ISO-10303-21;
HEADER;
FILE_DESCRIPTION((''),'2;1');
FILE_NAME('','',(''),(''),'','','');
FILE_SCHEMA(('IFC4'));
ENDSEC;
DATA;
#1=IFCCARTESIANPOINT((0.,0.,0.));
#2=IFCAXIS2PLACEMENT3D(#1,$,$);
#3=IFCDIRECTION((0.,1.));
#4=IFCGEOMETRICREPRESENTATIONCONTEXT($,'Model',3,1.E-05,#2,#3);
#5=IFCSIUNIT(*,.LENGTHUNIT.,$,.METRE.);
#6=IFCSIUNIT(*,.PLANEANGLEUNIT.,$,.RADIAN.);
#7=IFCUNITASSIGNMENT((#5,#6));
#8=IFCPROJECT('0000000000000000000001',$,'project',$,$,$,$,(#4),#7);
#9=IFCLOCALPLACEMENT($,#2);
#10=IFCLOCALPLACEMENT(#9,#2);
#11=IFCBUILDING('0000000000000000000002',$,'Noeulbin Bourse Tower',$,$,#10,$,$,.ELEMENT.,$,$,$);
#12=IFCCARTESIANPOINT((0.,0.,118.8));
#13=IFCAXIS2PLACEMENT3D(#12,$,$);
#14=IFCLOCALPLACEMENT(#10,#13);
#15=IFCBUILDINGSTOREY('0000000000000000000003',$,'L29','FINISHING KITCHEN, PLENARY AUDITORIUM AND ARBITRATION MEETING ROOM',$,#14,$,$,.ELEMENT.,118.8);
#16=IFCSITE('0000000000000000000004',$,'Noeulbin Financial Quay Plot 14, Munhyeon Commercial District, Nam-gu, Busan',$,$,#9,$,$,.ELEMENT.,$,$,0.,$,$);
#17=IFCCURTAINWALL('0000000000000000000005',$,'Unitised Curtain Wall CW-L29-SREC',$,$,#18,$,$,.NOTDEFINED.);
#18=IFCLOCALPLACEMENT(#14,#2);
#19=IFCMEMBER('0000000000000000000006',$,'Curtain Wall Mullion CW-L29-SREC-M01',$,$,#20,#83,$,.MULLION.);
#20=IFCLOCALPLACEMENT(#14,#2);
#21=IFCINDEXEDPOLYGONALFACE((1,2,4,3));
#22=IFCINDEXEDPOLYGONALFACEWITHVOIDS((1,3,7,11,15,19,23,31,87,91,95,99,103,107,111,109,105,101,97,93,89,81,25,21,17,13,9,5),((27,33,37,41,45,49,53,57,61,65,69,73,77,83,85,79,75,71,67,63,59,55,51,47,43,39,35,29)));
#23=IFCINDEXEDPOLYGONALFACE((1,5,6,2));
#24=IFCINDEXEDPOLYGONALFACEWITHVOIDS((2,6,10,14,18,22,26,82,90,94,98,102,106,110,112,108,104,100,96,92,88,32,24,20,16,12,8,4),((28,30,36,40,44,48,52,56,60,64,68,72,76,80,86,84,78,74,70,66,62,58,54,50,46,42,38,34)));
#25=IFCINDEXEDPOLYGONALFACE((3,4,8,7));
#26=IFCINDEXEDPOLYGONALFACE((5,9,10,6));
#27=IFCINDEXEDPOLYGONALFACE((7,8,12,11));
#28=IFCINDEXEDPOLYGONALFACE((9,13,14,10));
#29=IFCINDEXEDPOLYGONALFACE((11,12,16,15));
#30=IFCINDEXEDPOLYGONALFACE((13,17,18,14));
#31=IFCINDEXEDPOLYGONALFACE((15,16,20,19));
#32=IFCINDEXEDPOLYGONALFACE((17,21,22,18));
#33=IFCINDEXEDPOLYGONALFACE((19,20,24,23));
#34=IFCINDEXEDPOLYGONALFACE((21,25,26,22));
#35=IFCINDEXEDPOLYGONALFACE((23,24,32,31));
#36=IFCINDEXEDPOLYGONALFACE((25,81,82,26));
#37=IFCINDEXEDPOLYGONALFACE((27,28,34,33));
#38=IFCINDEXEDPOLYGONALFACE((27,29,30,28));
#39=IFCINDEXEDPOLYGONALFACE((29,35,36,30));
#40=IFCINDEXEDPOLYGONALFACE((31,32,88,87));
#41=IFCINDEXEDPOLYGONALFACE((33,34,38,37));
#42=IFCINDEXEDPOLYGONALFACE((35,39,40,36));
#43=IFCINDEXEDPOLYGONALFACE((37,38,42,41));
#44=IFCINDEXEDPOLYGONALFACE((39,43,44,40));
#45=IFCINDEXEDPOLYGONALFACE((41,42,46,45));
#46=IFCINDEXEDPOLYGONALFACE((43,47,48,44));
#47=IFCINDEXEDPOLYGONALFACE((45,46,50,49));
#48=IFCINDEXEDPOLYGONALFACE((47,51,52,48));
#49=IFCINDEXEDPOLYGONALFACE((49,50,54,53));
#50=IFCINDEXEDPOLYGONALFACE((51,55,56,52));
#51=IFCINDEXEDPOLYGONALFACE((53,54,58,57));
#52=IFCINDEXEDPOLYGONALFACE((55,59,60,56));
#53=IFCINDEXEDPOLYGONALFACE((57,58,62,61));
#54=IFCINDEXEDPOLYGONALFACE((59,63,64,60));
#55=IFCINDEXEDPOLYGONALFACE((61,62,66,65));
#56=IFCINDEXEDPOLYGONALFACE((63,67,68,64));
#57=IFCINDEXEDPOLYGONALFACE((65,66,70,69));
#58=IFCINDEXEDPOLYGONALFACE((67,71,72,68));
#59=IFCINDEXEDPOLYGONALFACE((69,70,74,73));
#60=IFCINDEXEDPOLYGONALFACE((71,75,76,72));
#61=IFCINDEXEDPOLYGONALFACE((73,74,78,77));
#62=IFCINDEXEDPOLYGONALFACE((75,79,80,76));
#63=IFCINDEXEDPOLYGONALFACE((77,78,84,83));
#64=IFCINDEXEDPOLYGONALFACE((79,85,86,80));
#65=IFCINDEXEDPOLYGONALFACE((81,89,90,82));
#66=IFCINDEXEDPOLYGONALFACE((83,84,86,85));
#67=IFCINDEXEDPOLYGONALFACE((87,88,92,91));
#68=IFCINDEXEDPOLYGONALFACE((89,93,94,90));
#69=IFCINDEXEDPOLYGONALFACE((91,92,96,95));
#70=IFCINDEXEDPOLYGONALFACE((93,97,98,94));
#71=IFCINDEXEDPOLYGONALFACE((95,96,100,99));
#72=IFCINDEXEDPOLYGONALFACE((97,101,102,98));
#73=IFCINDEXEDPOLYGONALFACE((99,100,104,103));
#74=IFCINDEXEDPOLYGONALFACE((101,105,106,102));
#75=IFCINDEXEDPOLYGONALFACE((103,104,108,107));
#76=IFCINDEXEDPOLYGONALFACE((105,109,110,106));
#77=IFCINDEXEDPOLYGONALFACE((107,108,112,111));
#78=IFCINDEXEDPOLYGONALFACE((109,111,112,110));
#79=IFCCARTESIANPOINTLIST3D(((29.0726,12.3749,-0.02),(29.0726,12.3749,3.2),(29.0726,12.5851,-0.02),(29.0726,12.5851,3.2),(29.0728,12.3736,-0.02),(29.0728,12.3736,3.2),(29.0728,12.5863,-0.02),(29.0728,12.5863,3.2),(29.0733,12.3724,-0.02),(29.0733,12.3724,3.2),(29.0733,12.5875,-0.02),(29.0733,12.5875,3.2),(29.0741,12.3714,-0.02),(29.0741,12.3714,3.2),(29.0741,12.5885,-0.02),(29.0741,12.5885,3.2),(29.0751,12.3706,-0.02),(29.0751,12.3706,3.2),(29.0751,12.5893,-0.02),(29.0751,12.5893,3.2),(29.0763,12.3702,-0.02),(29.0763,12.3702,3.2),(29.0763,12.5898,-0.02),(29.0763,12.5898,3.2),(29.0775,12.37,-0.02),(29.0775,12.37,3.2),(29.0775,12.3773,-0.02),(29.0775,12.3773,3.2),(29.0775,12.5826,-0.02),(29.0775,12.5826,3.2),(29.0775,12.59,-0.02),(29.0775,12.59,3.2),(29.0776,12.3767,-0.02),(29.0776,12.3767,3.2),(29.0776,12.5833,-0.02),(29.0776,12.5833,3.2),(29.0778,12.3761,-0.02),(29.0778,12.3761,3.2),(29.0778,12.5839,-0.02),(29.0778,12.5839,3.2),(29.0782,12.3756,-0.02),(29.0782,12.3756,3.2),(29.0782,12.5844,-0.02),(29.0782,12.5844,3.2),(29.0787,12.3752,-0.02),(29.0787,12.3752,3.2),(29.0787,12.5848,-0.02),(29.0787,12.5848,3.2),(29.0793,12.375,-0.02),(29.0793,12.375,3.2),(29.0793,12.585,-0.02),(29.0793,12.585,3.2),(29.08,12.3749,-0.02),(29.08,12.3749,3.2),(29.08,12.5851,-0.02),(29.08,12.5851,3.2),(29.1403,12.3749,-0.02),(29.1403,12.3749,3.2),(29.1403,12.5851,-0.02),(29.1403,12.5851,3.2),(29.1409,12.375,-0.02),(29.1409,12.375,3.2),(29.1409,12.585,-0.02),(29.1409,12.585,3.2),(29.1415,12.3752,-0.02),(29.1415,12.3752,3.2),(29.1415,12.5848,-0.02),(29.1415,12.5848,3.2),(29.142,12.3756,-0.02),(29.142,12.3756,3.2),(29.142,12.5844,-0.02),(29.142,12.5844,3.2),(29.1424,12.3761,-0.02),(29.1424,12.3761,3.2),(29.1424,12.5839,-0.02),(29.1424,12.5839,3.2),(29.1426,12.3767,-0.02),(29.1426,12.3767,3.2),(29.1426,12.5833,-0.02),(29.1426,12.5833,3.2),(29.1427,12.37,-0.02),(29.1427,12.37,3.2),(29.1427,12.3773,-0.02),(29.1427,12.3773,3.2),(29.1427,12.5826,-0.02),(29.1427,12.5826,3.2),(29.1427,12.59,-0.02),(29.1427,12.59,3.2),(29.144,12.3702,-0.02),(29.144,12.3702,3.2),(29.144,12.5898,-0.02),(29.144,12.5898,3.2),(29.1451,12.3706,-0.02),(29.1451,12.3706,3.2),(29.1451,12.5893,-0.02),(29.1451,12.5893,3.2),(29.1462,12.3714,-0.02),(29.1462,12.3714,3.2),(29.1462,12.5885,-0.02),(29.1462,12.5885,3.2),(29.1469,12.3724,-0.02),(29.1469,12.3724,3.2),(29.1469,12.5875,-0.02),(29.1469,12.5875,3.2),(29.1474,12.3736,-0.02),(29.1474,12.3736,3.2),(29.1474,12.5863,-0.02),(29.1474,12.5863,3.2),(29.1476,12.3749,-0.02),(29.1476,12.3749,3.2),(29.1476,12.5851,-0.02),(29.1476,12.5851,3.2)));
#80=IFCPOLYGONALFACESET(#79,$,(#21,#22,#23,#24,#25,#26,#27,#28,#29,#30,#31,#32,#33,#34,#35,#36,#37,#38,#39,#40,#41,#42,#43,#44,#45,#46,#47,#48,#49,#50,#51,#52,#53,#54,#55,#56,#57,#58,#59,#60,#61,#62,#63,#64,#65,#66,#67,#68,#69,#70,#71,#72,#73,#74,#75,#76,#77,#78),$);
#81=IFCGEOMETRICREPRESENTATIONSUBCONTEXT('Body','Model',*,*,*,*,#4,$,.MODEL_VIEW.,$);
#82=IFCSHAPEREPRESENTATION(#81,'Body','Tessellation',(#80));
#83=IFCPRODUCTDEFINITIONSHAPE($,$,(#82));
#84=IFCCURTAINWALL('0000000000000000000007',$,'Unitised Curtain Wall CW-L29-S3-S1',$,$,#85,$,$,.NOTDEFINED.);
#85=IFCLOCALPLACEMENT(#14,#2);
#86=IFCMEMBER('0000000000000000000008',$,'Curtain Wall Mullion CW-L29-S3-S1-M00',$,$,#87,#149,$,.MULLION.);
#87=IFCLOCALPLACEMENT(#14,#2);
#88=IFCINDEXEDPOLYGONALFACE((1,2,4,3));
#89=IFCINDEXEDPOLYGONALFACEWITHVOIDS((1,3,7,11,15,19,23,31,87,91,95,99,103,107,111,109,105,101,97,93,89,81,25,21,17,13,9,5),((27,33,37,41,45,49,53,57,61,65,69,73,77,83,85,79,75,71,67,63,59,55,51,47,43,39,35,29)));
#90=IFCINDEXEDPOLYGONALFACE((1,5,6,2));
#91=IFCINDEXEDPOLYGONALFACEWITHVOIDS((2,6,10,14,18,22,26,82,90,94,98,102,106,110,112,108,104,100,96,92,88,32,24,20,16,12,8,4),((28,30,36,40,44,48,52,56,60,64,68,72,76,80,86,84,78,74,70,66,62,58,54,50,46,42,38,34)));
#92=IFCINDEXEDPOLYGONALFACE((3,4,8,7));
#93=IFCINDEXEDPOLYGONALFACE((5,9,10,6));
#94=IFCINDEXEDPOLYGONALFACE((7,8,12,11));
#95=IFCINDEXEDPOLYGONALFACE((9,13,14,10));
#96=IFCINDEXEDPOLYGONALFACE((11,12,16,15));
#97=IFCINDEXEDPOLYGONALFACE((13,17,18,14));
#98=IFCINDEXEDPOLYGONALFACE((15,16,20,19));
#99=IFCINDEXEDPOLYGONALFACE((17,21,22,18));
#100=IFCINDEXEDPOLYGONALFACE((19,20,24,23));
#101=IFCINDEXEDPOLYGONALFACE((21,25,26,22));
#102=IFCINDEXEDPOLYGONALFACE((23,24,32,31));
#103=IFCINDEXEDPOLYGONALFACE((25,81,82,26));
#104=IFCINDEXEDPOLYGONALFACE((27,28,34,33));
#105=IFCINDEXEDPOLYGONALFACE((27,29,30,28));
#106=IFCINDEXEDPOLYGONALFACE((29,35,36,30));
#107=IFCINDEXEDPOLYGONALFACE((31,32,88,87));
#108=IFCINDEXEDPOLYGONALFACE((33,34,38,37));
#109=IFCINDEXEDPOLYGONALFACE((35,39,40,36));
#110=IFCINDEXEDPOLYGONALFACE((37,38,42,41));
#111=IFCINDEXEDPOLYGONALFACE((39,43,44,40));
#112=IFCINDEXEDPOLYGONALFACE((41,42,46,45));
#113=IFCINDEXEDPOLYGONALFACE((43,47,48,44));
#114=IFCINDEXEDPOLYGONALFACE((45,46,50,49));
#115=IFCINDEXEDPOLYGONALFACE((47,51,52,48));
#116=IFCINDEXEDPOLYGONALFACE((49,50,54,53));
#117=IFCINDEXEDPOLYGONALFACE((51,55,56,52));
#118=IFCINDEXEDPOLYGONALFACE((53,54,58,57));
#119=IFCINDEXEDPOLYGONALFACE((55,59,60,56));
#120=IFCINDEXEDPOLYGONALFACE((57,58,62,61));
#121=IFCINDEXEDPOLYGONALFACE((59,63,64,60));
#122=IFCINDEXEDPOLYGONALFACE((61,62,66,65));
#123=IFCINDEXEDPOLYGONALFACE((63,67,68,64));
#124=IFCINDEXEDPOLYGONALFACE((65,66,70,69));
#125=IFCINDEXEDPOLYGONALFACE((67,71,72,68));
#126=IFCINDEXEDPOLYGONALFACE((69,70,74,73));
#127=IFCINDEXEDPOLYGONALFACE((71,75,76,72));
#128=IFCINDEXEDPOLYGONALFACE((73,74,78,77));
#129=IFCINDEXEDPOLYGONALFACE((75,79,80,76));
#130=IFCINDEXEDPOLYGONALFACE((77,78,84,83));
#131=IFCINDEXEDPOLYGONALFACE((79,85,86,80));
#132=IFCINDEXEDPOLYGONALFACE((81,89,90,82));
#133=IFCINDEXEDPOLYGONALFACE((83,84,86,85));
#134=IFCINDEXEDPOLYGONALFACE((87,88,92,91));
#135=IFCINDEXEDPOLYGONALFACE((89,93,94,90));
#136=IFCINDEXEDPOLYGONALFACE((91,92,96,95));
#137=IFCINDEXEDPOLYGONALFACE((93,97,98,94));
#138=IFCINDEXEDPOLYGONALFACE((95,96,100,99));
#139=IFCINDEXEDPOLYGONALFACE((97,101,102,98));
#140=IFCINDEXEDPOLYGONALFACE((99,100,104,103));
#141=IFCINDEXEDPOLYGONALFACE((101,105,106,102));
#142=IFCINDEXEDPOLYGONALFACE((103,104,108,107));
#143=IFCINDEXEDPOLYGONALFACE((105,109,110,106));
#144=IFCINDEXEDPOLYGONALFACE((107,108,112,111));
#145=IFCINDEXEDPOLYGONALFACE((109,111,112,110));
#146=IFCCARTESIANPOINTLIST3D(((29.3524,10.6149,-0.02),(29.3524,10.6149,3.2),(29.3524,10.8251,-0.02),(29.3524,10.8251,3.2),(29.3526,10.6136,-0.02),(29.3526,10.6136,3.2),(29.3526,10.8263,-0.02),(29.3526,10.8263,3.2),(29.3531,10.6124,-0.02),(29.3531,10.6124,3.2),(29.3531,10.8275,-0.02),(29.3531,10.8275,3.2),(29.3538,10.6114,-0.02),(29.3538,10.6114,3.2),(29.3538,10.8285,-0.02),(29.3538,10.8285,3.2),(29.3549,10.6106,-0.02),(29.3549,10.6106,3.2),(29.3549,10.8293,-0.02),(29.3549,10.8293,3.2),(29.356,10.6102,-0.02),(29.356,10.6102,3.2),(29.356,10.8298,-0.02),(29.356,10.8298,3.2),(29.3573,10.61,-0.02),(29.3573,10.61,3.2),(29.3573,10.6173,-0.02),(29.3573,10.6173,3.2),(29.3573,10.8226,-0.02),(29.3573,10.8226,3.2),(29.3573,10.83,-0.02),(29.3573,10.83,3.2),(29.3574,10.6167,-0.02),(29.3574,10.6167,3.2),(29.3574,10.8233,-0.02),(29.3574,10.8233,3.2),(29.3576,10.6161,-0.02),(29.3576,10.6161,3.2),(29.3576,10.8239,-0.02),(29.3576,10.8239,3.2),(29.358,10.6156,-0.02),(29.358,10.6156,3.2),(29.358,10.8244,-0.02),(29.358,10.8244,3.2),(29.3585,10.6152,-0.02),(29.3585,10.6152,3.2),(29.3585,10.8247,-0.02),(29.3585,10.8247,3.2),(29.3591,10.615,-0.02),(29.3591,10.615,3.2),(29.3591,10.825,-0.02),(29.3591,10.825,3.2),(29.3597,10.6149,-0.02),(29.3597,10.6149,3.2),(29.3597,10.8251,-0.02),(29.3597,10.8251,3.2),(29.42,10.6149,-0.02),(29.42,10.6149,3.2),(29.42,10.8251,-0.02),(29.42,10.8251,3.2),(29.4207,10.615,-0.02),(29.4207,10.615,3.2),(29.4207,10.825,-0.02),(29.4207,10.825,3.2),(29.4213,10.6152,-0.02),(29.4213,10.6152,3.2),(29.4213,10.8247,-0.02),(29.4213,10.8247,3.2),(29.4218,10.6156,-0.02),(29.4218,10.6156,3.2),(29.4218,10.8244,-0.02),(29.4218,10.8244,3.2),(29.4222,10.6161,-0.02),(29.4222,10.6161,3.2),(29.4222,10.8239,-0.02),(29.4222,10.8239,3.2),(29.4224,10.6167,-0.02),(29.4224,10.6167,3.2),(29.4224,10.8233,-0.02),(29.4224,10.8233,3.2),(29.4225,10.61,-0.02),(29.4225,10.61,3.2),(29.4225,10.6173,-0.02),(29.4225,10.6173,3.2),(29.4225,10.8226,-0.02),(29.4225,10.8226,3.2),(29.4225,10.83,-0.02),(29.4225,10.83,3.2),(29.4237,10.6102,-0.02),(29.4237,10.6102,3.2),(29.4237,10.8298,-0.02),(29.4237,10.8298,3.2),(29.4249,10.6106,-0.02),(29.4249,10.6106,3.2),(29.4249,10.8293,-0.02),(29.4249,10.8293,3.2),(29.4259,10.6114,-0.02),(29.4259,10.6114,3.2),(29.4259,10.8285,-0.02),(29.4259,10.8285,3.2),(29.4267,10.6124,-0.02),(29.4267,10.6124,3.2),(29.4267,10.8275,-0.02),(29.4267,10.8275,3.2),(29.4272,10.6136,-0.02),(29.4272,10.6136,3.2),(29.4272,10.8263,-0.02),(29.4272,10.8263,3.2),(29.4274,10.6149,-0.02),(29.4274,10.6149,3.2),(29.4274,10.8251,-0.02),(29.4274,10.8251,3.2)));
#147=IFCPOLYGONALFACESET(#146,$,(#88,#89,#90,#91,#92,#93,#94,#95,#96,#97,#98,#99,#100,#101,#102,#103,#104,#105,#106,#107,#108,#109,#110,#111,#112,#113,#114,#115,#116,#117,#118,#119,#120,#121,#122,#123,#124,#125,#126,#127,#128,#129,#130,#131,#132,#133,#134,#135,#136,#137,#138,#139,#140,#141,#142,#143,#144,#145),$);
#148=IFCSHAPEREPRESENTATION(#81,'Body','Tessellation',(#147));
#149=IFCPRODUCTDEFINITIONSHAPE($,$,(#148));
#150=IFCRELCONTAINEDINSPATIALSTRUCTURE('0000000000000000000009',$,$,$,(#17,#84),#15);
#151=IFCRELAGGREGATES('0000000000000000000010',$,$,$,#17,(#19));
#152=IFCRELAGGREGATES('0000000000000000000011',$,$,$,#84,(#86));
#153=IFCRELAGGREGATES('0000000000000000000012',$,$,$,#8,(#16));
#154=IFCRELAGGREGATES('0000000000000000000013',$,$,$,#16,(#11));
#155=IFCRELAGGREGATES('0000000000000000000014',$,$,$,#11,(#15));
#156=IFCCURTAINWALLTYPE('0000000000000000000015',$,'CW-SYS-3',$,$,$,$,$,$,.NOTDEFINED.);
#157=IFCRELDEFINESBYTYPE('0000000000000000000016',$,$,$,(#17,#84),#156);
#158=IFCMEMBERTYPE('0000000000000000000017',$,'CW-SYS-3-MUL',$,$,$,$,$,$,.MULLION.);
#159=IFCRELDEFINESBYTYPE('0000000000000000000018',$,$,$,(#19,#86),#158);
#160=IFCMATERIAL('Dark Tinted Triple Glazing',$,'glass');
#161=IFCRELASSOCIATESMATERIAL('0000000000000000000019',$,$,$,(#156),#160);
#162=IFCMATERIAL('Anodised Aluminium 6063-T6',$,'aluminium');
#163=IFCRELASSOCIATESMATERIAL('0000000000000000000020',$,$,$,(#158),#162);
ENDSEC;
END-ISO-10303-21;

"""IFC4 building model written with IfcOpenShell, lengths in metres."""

from ifc_helpers import new_model, si_unit, direction, frame, origin, origin_2d, place, context, subcontext, project, spatial, hollow_rectangle, extrude, material, material_profile, profile_set, type_object, element, aggregate, save


model = new_model("IFC4")

# Units and contexts
model_context = context("Model", 3, precision=1e-05, world=origin(), true_north=direction((0.0, 1.0)))
body_context = subcontext(model_context, "Body", "Model", "MODEL_VIEW")
ifc_project = project(units=[si_unit("LENGTHUNIT", "METRE"), si_unit("PLANEANGLEUNIT", "RADIAN")], contexts=[model_context])

# Site, building, storey
site_placement = place(None, origin())
site = spatial("IfcSite", under=ifc_project, at=site_placement, Name="Noeulbin Financial Quay Plot 14, Munhyeon Commercial District, Nam-gu, Busan", CompositionType="ELEMENT", RefElevation=0.0)
building_placement = place(site_placement, origin())
building = spatial("IfcBuilding", under=site, at=building_placement, Name="Noeulbin Bourse Tower", CompositionType="ELEMENT")
storey_placement = place(building_placement, frame((0.0, 0.0, 118.8)))
storey = spatial("IfcBuildingStorey", under=building, at=storey_placement, Name="L29", Description="FINISHING KITCHEN, PLENARY AUDITORIUM AND ARBITRATION MEETING ROOM", CompositionType="ELEMENT", Elevation=118.8)

# Curtain wall, member
ifc_material_1 = material(Name="Dark Tinted Triple Glazing", Category="glass")
curtain_wall_type = type_object("IfcCurtainWallType", Name="CW-SYS-3", PredefinedType="NOTDEFINED", material=ifc_material_1)
curtain_wall_1_placement = place(storey_placement, origin())
curtain_wall_1 = element("IfcCurtainWall", 1, at=curtain_wall_1_placement, inside=storey, type_object=curtain_wall_type, Name="Unitised Curtain Wall CW-L29-SREC", PredefinedType="NOTDEFINED")
ifc_material_2 = material(Name="Anodised Aluminium 6063-T6", Category="aluminium")
ifc_material_profile_1 = material_profile(ifc_material_2, hollow_rectangle(XDim=0.075, YDim=0.22, WallThickness=0.0049, InnerFilletRadius=0.0024, OuterFilletRadius=0.0049, at=origin_2d()), Name="ALU-MULL-75x220x5", Category="LoadBearing")
ifc_profile_set_1 = profile_set([ifc_material_profile_1], Name="Anodised Aluminium 6063-T6")
member_type_1 = type_object("IfcMemberType", Name="CW-SYS-3-MUL", PredefinedType="MULLION", material=ifc_profile_set_1)
member_1_placement = place(storey_placement, frame((29.1101, 12.48, -0.02), z_axis=(0.0, 0.0, 1.0), x_axis=(1.0, 0.0, 0.0)))
member_1 = element("IfcMember", 2, at=member_1_placement, type_object=member_type_1, Name="Curtain Wall Mullion CW-L29-SREC-M01", PredefinedType="MULLION", context=body_context, shape_type="SweptSolid", body=[
    extrude(hollow_rectangle(XDim=0.075, YDim=0.22, WallThickness=0.0049, InnerFilletRadius=0.0024, OuterFilletRadius=0.0049, at=origin_2d()), origin(), (0.0, 0.0, 1.0), 3.22),
])

# Curtain wall, member
curtain_wall_2_placement = place(storey_placement, origin())
curtain_wall_2 = element("IfcCurtainWall", 3, at=curtain_wall_2_placement, inside=storey, type_object=curtain_wall_type, Name="Unitised Curtain Wall CW-L29-S3-S1", PredefinedType="NOTDEFINED")
member_2_placement = place(storey_placement, frame((29.3899, 10.72, -0.02), z_axis=(0.0, 0.0, 1.0), x_axis=(1.0, 0.0, 0.0)))
member_2 = element("IfcMember", 4, at=member_2_placement, type_object=member_type_1, Name="Curtain Wall Mullion CW-L29-S3-S1-M00", PredefinedType="MULLION", context=body_context, shape_type="SweptSolid", body=[
    extrude(hollow_rectangle(XDim=0.075, YDim=0.22, WallThickness=0.0049, InnerFilletRadius=0.0024, OuterFilletRadius=0.0049, at=origin_2d()), origin(), (0.0, 0.0, 1.0), 3.22),
])

aggregate(curtain_wall_1, [member_1])
aggregate(curtain_wall_2, [member_2])

save(model, "model.ifc")
